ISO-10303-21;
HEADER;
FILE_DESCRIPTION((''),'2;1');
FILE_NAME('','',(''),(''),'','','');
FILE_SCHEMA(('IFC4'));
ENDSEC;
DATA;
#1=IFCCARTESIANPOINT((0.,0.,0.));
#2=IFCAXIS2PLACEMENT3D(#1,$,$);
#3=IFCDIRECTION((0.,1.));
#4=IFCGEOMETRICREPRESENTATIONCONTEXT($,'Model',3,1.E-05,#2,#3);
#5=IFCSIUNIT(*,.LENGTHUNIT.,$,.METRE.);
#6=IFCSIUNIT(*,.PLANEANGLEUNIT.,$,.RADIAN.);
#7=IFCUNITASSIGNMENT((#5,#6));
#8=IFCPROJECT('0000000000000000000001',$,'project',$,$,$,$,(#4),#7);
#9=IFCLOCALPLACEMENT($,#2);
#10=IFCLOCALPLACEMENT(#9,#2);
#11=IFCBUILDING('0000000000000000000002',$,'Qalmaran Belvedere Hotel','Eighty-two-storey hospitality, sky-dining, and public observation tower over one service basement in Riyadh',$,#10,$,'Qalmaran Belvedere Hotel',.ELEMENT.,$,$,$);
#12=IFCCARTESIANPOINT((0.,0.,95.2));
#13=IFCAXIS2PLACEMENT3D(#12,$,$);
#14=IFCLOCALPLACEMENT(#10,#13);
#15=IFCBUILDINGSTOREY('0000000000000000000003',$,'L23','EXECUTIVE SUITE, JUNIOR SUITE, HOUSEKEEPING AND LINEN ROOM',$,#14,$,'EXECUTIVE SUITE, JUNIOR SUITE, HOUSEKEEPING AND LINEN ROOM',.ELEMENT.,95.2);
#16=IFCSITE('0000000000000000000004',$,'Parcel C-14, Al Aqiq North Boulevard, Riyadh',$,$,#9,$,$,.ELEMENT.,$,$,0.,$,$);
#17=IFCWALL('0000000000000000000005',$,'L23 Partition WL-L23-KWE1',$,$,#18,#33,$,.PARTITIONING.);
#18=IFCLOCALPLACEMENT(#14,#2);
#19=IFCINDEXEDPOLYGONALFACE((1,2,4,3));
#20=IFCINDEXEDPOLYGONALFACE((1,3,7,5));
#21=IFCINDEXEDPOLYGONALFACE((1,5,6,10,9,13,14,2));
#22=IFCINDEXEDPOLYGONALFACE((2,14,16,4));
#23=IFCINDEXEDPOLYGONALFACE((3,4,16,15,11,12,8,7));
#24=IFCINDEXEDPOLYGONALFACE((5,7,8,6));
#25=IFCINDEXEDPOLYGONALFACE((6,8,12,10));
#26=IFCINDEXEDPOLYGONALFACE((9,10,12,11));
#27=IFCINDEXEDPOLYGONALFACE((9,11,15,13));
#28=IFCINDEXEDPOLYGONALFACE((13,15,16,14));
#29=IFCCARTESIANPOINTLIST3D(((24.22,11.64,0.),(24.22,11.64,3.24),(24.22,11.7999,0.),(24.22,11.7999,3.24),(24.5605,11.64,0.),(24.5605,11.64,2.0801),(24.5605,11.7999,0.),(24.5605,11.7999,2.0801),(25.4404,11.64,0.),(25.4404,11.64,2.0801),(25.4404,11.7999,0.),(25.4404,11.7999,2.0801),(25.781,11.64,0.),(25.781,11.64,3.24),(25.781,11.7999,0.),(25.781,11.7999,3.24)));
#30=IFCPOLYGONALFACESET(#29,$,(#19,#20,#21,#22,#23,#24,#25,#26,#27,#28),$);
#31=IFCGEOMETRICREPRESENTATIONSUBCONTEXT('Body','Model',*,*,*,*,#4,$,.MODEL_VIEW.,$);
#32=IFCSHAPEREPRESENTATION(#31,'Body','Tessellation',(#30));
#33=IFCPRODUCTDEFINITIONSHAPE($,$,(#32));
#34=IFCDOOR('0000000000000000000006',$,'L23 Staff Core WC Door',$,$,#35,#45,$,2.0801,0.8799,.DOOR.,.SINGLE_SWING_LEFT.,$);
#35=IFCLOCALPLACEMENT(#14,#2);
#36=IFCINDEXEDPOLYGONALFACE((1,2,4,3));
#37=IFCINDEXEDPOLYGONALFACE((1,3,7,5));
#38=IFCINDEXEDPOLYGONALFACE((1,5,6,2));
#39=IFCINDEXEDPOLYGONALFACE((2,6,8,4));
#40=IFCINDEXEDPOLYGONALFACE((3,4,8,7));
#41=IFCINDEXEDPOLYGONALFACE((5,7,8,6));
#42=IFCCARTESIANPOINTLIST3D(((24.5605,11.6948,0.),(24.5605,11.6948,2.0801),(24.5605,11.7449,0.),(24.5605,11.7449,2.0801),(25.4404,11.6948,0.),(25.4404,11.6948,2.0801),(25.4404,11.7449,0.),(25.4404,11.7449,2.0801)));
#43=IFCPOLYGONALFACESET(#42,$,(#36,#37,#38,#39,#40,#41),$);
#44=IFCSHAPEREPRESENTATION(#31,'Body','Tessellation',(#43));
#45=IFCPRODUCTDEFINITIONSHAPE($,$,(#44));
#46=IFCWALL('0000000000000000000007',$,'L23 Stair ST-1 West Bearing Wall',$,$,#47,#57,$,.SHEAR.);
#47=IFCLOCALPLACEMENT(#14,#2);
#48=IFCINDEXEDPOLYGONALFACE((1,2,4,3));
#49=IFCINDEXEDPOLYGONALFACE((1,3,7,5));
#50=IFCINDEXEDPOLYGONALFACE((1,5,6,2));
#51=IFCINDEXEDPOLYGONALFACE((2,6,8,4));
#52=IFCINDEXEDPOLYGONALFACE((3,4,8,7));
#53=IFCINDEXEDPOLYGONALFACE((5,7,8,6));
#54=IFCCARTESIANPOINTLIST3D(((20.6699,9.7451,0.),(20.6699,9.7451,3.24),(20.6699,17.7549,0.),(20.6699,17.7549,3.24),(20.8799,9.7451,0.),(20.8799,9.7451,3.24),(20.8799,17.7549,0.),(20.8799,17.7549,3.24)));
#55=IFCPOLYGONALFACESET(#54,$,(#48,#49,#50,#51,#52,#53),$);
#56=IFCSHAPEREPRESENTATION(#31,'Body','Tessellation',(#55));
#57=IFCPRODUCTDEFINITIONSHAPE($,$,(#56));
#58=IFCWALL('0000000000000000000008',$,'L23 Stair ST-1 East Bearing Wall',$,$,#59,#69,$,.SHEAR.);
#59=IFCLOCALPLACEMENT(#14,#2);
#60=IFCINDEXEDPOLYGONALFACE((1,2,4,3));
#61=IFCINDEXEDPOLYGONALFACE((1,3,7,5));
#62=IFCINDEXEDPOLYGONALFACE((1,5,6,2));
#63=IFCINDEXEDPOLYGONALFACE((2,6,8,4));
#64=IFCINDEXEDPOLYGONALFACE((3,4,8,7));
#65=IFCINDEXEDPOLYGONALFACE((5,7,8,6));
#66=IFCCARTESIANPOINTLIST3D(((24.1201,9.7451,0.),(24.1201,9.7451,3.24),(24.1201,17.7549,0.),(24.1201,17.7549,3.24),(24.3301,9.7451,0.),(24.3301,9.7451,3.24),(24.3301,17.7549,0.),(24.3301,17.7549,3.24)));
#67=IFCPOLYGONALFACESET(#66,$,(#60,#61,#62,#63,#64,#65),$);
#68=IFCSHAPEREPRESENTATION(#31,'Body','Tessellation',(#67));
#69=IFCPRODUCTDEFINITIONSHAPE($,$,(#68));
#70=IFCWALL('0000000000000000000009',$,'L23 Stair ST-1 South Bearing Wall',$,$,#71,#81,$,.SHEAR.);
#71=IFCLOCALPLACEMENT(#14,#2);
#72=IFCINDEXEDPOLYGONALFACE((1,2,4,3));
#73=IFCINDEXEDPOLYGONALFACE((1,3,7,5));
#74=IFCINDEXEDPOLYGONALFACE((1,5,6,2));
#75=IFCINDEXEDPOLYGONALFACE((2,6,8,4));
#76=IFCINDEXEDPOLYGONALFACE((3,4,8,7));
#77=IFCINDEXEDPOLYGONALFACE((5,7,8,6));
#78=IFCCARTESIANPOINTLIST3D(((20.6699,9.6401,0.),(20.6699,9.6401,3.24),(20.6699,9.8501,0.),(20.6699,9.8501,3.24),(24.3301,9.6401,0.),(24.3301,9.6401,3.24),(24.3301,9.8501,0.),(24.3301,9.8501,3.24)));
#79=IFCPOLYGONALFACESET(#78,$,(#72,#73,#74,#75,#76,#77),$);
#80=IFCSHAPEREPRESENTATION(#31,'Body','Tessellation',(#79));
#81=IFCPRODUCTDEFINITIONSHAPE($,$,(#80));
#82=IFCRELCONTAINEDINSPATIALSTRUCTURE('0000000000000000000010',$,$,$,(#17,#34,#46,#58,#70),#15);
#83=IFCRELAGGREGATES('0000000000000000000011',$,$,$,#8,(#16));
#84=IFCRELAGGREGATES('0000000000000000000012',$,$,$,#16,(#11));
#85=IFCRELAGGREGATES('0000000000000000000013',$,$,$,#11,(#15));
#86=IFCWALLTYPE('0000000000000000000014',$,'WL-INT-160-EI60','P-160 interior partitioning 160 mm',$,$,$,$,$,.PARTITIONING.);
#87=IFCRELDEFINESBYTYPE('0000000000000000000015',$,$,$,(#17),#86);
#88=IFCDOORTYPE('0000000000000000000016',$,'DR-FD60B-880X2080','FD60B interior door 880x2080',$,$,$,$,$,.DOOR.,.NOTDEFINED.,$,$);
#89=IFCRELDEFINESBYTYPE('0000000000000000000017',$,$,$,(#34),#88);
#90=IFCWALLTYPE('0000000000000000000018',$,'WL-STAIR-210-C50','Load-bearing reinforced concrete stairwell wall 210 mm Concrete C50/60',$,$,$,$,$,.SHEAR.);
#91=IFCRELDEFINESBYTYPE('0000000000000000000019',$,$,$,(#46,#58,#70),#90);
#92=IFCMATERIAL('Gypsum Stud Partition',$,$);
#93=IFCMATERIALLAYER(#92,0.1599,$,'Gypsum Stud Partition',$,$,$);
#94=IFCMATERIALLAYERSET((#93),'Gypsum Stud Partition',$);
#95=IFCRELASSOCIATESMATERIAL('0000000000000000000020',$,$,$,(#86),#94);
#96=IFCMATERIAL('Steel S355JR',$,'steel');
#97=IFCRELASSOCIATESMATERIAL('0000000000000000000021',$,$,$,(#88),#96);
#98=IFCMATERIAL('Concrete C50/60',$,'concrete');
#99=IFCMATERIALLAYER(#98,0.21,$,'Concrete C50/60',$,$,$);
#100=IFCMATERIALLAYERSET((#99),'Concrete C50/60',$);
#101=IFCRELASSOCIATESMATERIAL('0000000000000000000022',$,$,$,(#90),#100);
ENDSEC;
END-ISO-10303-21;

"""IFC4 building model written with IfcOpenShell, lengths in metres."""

from ifc_helpers import new_model, si_unit, direction, frame, frame_2d, origin, place, context, subcontext, project, spatial, rectangle, extrude, material, layer, layer_set, type_object, element, fill, save


model = new_model("IFC4")

# Units and contexts
model_context = context("Model", 3, precision=1e-05, world=origin(), true_north=direction((0.0, 1.0)))
body_context = subcontext(model_context, "Body", "Model", "MODEL_VIEW")
ifc_project = project(units=[si_unit("LENGTHUNIT", "METRE"), si_unit("PLANEANGLEUNIT", "RADIAN")], contexts=[model_context])

# Site, building, storey
site_placement = place(None, origin())
site = spatial("IfcSite", under=ifc_project, at=site_placement, Name="Parcel C-14, Al Aqiq North Boulevard, Riyadh", CompositionType="ELEMENT", RefElevation=0.0)
building_placement = place(site_placement, origin())
building = spatial("IfcBuilding", under=site, at=building_placement, Name="Qalmaran Belvedere Hotel", Description="Eighty-two-storey hospitality, sky-dining, and public observation tower over one service basement in Riyadh", LongName="Qalmaran Belvedere Hotel", CompositionType="ELEMENT")
storey_placement = place(building_placement, frame((0.0, 0.0, 95.2)))
storey = spatial("IfcBuildingStorey", under=building, at=storey_placement, Name="L23", Description="EXECUTIVE SUITE, JUNIOR SUITE, HOUSEKEEPING AND LINEN ROOM", LongName="EXECUTIVE SUITE, JUNIOR SUITE, HOUSEKEEPING AND LINEN ROOM", CompositionType="ELEMENT", Elevation=95.2)

# Shared definitions
ifc_material_1 = material(Name="Steel S355JR", Category="steel")

# Shared definitions
ifc_material_2 = material(Name="Concrete C50/60", Category="concrete")
ifc_material_3 = material(Name="Gypsum Stud Partition")

# Wall, opening, door
ifc_layer_1 = layer(ifc_material_3, 0.1599, Name="Gypsum Stud Partition")
ifc_layer_set_1 = layer_set([ifc_layer_1], Name="Gypsum Stud Partition")
wall_type_1 = type_object("IfcWallType", Name="WL-INT-160-EI60", Description="P-160 interior partitioning 160 mm", PredefinedType="PARTITIONING", material=ifc_layer_set_1)
wall_1_placement = place(storey_placement, frame((24.22, 11.72, 0.0), z_axis=(0.0, 0.0, 1.0), x_axis=(1.0, 0.0, 0.0)))
wall_1 = element("IfcWall", 1, at=wall_1_placement, inside=storey, type_object=wall_type_1, Name="L23 Partition WL-L23-KWE1", PredefinedType="PARTITIONING", context=body_context, shape_type="SweptSolid", body=[
    extrude(rectangle(XDim=1.561, YDim=0.1599, at=frame_2d((0.7805, 0.0))), origin(), (0.0, 0.0, 1.0), 3.24),
])
opening_1_placement = place(wall_1_placement, frame((0.3406, 0.0, 0.0)))
opening_1 = element("IfcOpeningElement", 2, at=opening_1_placement, cuts=wall_1, PredefinedType="OPENING", context=body_context, shape_type="SweptSolid", body=[
    extrude(rectangle(XDim=0.8799, YDim=2.0801, at=frame_2d((0.4399, 1.04))), frame((0.0, 0.0898, 0.0), z_axis=(0.0, -1.0, 0.0), x_axis=(1.0, 0.0, 0.0)), (0.0, 0.0, 1.0), 0.1799),
])
door_type_1 = type_object("IfcDoorType", Name="DR-FD60B-880X2080", Description="FD60B interior door 880x2080", OperationType="NOTDEFINED", PredefinedType="DOOR", material=ifc_material_1)
door_1_placement = place(opening_1_placement, origin())
door_1 = element("IfcDoor", 3, at=door_1_placement, inside=storey, type_object=door_type_1, Name="L23 Staff Core WC Door", OperationType="SINGLE_SWING_LEFT", OverallHeight=2.0801, OverallWidth=0.8799, PredefinedType="DOOR", context=body_context, shape_type="SweptSolid", body=[
    extrude(rectangle(XDim=0.8799, YDim=2.0801, at=frame_2d((0.4399, 1.04))), frame((0.0, 0.0249, 0.0), z_axis=(0.0, -1.0, 0.0), x_axis=(1.0, 0.0, 0.0)), (0.0, 0.0, 1.0), 0.05),
])
fill(opening_1, door_1)

# Walls
ifc_layer_2 = layer(ifc_material_2, 0.21, Name="Concrete C50/60")
ifc_layer_set_2 = layer_set([ifc_layer_2], Name="Concrete C50/60")
wall_type_2 = type_object("IfcWallType", Name="WL-STAIR-210-C50", Description="Load-bearing reinforced concrete stairwell wall 210 mm Concrete C50/60", PredefinedType="SHEAR", material=ifc_layer_set_2)
for number, where, z_axis, x_axis, name in (
    (4, (20.7749, 9.7451, 0.0), (0.0, 0.0, 1.0), (0.0, 1.0, 0.0), "L23 Stair ST-1 West Bearing Wall"),
    (5, (24.2251, 9.7451, 0.0), (0.0, 0.0, 1.0), (0.0, 1.0, 0.0), "L23 Stair ST-1 East Bearing Wall"),
):
    element("IfcWall", number, at=place(storey_placement, frame(where, z_axis=z_axis, x_axis=x_axis)), inside=storey, type_object=wall_type_2, Name=name, PredefinedType="SHEAR", context=body_context, shape_type="SweptSolid", body=[
        extrude(rectangle(XDim=8.0098, YDim=0.21, at=frame_2d((4.0049, 0.0))), origin(), (0.0, 0.0, 1.0), 3.24),
    ])
wall_2_placement = place(storey_placement, frame((20.6699, 9.7451, 0.0), z_axis=(0.0, 0.0, 1.0), x_axis=(1.0, 0.0, 0.0)))
element("IfcWall", 6, at=wall_2_placement, inside=storey, type_object=wall_type_2, Name="L23 Stair ST-1 South Bearing Wall", PredefinedType="SHEAR", context=body_context, shape_type="SweptSolid", body=[
    extrude(rectangle(XDim=3.6602, YDim=0.21, at=frame_2d((1.8301, 0.0))), origin(), (0.0, 0.0, 1.0), 3.24),
])

save(model, "model.ifc")
